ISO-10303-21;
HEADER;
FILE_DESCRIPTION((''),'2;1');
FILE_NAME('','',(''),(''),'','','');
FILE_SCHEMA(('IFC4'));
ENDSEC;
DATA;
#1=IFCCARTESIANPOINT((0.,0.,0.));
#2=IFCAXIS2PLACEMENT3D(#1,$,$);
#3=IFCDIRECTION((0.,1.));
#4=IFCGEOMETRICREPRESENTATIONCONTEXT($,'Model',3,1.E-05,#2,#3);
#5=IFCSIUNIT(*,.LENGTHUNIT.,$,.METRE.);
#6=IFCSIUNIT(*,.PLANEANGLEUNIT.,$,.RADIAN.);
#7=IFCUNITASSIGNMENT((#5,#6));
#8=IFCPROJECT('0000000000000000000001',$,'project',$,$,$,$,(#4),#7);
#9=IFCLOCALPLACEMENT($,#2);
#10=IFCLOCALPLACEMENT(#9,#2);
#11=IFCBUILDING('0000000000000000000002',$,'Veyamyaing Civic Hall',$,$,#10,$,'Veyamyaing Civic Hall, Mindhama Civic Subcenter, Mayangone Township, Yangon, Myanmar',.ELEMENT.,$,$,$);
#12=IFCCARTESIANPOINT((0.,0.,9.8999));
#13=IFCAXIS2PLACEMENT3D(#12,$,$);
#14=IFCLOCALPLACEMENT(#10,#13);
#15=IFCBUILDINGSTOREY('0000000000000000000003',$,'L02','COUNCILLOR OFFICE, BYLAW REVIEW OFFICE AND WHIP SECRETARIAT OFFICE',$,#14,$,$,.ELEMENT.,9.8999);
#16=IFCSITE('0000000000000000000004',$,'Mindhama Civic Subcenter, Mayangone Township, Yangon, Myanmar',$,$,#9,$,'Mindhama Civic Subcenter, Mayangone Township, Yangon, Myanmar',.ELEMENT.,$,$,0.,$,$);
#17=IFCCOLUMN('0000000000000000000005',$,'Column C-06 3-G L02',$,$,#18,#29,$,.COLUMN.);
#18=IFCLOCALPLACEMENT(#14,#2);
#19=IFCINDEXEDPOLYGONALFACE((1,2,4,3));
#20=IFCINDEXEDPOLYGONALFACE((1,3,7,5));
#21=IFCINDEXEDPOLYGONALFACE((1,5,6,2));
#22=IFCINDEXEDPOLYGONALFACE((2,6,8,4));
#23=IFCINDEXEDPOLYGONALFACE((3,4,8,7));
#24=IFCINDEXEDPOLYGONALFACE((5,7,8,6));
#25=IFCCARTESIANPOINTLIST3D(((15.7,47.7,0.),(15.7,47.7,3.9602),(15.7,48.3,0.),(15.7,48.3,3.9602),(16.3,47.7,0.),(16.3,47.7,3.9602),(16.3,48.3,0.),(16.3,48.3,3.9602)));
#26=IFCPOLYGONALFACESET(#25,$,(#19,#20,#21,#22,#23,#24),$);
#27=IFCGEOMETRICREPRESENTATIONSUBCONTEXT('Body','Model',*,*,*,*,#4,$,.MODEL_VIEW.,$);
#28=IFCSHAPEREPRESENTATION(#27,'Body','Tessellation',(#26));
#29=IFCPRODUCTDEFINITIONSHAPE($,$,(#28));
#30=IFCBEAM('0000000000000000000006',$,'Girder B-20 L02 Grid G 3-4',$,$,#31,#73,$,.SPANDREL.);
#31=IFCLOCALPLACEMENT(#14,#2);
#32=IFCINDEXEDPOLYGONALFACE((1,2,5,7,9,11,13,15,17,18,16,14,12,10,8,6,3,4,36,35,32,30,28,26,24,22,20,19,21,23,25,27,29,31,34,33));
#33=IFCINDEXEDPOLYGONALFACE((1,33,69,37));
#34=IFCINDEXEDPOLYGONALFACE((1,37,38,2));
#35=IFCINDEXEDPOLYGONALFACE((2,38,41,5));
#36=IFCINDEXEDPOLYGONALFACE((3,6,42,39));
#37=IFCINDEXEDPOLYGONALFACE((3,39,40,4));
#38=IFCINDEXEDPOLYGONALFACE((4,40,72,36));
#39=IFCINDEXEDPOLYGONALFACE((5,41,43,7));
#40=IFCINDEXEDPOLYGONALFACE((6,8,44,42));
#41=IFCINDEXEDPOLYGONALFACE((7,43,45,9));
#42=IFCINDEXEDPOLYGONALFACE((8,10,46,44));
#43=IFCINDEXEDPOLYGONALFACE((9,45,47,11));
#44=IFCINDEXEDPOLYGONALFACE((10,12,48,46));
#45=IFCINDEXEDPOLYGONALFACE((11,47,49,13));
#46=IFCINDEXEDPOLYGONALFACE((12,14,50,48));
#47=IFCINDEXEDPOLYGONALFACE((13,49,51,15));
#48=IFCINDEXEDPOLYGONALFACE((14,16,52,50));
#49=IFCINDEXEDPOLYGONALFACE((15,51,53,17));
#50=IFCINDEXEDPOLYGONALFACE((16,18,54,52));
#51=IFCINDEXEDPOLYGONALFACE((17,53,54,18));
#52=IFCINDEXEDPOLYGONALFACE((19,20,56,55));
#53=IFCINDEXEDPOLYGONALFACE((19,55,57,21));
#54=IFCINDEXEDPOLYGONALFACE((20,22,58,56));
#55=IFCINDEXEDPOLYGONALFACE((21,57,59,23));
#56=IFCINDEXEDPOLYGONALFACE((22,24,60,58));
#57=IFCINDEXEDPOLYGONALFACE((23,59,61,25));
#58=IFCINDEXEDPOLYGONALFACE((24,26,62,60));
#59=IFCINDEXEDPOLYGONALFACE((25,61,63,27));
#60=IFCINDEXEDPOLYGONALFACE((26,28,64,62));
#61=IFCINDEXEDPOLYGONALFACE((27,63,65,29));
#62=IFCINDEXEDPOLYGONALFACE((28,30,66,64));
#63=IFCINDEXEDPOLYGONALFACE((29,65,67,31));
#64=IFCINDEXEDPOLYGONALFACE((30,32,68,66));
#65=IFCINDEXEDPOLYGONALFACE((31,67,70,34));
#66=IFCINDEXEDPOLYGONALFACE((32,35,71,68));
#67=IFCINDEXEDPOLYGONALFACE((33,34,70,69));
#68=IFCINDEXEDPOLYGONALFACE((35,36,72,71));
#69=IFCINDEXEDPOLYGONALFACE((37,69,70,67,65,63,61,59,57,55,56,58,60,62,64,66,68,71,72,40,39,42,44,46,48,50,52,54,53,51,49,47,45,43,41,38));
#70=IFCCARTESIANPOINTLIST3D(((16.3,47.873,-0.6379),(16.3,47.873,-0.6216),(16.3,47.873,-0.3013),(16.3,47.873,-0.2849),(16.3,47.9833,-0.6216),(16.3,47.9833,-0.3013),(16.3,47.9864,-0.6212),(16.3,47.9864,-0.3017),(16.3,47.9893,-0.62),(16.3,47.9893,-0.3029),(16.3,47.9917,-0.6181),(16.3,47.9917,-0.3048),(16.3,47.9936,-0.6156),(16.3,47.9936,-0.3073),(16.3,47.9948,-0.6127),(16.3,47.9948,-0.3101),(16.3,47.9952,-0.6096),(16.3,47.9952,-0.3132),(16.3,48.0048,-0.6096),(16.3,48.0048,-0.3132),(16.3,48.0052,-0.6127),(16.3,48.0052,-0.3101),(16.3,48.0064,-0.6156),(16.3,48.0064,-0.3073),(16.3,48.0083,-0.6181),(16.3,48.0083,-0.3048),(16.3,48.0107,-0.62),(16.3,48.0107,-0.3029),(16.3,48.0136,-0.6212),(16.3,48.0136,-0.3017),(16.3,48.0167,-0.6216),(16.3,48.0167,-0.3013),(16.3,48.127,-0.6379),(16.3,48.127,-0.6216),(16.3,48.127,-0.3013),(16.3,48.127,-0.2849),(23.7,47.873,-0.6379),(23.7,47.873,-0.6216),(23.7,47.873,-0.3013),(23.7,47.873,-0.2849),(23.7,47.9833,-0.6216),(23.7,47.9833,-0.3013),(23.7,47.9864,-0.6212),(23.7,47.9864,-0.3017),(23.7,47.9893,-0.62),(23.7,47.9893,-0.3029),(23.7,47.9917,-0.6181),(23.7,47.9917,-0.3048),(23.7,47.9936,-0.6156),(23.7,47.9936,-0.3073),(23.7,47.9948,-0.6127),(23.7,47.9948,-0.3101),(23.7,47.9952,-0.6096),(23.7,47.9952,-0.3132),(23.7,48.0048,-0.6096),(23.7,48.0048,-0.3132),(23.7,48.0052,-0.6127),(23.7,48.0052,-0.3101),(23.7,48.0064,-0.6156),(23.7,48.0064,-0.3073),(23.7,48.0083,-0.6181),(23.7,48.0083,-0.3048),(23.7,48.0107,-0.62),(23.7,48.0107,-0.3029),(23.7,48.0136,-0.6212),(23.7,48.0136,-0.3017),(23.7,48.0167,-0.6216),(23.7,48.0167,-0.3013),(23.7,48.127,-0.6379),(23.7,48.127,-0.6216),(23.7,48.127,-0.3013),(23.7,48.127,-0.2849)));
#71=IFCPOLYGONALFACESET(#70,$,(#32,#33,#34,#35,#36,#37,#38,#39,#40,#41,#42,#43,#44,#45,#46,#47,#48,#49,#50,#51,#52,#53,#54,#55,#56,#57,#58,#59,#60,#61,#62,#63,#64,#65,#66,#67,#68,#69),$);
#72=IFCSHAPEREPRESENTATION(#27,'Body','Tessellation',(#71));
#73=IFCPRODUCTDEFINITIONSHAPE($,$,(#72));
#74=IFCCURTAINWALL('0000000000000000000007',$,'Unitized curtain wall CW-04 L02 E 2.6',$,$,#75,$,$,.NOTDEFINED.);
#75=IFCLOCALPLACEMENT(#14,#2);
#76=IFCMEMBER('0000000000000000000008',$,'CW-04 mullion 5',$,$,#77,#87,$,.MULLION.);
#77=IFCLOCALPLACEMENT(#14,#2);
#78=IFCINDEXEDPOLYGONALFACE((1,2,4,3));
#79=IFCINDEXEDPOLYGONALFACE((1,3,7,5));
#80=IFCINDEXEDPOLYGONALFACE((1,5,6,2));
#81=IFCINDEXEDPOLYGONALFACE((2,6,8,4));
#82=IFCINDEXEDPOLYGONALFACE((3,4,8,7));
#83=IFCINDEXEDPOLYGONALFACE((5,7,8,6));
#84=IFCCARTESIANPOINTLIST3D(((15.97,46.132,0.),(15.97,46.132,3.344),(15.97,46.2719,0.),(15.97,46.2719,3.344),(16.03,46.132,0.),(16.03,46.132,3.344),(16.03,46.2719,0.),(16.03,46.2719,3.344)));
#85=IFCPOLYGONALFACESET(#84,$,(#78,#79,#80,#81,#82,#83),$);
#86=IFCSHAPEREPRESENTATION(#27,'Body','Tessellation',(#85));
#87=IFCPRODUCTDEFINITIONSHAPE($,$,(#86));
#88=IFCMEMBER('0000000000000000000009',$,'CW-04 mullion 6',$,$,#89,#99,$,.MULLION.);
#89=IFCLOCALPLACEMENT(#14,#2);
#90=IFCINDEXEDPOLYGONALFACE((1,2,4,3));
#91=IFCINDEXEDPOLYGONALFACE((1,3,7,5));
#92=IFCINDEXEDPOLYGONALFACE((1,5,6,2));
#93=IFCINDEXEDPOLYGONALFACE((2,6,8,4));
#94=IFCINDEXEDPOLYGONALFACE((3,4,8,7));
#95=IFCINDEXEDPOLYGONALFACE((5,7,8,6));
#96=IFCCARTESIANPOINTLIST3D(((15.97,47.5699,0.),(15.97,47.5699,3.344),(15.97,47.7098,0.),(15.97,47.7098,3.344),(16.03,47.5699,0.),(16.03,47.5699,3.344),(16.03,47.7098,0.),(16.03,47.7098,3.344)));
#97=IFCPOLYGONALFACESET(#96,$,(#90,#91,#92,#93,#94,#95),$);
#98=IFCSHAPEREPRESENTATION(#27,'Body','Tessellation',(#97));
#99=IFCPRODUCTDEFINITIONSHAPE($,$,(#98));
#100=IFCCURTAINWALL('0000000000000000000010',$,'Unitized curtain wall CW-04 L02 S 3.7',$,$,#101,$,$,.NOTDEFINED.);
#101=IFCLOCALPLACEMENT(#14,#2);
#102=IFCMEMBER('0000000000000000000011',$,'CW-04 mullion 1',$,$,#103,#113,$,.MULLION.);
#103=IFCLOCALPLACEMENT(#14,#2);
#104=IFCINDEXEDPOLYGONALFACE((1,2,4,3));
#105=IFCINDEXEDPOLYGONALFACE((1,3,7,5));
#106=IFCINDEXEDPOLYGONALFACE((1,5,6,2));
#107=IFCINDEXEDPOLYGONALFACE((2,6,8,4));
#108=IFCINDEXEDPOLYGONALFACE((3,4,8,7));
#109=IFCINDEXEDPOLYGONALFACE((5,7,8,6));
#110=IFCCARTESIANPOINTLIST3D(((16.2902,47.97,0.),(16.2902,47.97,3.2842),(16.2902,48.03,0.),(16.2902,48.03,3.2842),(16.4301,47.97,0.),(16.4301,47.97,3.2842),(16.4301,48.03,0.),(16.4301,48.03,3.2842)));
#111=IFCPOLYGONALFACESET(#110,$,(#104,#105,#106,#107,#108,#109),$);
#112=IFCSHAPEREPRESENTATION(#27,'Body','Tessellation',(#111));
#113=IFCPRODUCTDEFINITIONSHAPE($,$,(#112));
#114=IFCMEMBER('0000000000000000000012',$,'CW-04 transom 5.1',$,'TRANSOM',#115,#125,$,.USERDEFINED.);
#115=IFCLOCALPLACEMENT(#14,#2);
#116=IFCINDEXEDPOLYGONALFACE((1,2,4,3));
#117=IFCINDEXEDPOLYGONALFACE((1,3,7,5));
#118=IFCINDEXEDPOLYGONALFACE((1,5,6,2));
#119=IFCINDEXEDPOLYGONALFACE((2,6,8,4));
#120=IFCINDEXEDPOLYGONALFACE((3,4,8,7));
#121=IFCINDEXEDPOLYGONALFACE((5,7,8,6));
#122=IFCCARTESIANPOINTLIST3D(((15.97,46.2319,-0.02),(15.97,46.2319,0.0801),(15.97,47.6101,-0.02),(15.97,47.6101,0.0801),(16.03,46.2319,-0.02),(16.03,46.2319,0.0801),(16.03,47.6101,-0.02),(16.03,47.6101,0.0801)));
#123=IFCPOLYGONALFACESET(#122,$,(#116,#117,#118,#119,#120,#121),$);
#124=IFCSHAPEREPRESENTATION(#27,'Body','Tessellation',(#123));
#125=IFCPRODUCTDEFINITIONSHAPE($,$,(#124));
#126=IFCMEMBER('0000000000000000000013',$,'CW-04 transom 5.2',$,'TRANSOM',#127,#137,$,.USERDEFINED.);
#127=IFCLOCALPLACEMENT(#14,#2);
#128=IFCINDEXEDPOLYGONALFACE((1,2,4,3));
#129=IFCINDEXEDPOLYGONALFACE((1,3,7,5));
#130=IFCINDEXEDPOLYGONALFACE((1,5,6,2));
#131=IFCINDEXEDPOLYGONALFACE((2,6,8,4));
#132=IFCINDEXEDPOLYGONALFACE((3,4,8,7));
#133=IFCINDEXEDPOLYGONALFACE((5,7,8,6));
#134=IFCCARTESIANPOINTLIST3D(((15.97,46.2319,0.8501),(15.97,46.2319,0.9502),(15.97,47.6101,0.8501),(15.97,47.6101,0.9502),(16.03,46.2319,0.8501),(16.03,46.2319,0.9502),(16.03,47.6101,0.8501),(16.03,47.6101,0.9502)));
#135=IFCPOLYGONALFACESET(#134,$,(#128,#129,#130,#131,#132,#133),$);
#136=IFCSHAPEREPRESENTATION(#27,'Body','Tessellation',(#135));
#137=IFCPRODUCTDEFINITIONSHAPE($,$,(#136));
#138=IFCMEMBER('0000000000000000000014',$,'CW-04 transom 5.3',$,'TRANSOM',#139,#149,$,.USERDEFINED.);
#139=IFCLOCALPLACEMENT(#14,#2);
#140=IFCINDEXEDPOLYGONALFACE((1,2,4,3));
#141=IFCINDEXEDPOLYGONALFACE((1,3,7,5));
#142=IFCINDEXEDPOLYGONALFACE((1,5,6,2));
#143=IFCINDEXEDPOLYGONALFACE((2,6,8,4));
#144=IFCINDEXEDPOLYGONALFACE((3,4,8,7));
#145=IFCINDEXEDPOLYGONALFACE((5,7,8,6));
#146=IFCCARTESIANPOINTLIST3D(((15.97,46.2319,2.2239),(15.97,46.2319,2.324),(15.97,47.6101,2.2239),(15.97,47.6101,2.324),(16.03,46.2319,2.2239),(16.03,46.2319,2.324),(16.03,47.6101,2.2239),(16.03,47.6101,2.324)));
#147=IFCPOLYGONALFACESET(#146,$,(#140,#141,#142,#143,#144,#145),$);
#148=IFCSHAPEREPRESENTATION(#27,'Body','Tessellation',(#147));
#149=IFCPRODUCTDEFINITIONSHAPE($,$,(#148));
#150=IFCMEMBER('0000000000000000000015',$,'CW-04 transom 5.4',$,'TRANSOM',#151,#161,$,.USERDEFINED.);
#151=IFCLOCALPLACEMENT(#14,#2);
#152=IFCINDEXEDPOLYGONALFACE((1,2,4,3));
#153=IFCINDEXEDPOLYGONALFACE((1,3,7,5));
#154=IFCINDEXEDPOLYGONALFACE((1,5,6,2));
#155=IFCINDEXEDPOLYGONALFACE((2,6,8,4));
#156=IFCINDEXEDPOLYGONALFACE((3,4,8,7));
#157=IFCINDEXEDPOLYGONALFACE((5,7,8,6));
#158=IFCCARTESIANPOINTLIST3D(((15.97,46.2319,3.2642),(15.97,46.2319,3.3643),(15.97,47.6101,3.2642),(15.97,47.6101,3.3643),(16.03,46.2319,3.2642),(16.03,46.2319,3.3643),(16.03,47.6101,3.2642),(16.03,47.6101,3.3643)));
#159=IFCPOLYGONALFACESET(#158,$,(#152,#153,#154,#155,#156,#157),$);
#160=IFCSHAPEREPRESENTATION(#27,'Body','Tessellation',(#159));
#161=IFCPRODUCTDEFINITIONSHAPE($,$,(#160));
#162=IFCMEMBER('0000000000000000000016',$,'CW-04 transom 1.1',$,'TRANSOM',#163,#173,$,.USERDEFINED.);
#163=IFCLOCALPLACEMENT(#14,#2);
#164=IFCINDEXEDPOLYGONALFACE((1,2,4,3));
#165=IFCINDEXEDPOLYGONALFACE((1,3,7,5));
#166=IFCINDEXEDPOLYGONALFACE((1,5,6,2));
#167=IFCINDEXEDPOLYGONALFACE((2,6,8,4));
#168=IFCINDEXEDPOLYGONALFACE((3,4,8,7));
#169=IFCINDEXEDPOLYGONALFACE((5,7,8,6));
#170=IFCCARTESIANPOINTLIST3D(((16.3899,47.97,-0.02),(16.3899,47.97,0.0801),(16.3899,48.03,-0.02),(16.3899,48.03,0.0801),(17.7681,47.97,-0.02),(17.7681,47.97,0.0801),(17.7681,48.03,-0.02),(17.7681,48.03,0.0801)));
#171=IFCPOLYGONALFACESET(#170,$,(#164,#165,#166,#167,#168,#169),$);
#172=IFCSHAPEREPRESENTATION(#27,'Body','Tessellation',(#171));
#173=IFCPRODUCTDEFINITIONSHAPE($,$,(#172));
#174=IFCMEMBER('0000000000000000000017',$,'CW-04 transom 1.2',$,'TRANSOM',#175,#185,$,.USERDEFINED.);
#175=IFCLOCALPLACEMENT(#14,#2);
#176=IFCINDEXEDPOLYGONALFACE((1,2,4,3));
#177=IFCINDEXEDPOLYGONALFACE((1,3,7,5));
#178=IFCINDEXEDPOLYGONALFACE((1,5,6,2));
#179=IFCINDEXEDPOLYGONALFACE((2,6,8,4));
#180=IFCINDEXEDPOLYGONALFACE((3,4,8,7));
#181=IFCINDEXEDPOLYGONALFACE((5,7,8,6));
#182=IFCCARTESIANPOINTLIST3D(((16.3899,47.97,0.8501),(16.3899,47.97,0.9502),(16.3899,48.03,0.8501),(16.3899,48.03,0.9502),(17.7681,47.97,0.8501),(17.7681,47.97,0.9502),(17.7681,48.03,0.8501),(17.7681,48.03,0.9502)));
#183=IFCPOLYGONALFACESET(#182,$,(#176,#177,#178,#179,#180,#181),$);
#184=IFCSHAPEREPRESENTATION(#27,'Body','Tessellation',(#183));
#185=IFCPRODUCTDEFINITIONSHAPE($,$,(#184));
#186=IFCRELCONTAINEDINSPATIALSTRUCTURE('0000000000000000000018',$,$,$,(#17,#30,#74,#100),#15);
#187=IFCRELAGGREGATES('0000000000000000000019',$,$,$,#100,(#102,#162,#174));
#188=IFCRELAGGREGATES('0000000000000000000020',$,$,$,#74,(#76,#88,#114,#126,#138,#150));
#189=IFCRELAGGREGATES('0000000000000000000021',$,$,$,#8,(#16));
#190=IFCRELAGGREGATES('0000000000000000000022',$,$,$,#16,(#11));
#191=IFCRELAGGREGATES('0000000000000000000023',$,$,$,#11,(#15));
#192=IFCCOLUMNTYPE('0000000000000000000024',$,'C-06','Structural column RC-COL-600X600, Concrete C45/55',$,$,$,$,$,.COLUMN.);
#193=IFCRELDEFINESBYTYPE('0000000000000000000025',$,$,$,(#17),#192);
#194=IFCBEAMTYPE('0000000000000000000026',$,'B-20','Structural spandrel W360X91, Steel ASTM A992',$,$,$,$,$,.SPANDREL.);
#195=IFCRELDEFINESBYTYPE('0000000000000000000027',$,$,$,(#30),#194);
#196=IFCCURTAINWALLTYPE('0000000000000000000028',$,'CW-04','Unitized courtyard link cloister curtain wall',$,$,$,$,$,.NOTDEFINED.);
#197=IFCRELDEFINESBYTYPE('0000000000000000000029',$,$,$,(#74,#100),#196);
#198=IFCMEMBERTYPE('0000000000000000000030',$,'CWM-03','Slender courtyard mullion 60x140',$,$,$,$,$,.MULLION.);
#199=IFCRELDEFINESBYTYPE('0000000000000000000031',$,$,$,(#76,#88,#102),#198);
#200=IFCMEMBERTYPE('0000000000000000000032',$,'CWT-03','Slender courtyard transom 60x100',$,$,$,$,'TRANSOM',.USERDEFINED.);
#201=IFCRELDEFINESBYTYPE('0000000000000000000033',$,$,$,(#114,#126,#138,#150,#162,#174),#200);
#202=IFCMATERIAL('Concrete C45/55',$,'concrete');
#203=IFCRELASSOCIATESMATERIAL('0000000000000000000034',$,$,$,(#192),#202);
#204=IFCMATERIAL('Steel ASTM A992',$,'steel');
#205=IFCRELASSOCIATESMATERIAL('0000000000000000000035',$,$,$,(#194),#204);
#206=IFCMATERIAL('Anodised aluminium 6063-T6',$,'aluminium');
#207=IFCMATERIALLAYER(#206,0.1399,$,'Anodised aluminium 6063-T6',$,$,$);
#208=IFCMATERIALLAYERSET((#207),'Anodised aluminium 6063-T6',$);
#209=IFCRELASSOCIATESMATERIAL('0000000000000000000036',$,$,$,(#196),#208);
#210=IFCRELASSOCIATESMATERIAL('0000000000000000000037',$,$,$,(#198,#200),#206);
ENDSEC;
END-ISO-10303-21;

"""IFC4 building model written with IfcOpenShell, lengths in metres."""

from ifc_helpers import new_model, si_unit, direction, frame, origin, origin_2d, place, context, subcontext, project, spatial, rectangle, i_section, extrude, material, layer, layer_set, material_profile, profile_set, type_object, element, aggregate, save


model = new_model("IFC4")

# Units and contexts
model_context = context("Model", 3, precision=1e-05, world=origin(), true_north=direction((0.0, 1.0)))
body_context = subcontext(model_context, "Body", "Model", "MODEL_VIEW")
ifc_project = project(units=[si_unit("LENGTHUNIT", "METRE"), si_unit("PLANEANGLEUNIT", "RADIAN")], contexts=[model_context])

# Site, building, storey
site_placement = place(None, origin())
site = spatial("IfcSite", under=ifc_project, at=site_placement, Name="Mindhama Civic Subcenter, Mayangone Township, Yangon, Myanmar", LongName="Mindhama Civic Subcenter, Mayangone Township, Yangon, Myanmar", CompositionType="ELEMENT", RefElevation=0.0)
building_placement = place(site_placement, origin())
building = spatial("IfcBuilding", under=site, at=building_placement, Name="Veyamyaing Civic Hall", LongName="Veyamyaing Civic Hall, Mindhama Civic Subcenter, Mayangone Township, Yangon, Myanmar", CompositionType="ELEMENT")
storey_placement = place(building_placement, frame((0.0, 0.0, 9.8999)))
storey = spatial("IfcBuildingStorey", under=building, at=storey_placement, Name="L02", Description="COUNCILLOR OFFICE, BYLAW REVIEW OFFICE AND WHIP SECRETARIAT OFFICE", CompositionType="ELEMENT", Elevation=9.8999)

# Column
ifc_material_1 = material(Name="Concrete C45/55", Category="concrete")
ifc_material_profile_1 = material_profile(ifc_material_1, rectangle(XDim=0.6001, YDim=0.6001, at=origin_2d()), Name="RC-COL-600X600")
ifc_profile_set_1 = profile_set([ifc_material_profile_1], Name="Concrete C45/55")
column_type = type_object("IfcColumnType", Name="C-06", Description="Structural column RC-COL-600X600, Concrete C45/55", PredefinedType="COLUMN", material=ifc_profile_set_1)
column_placement = place(storey_placement, frame((16.0, 48.0, 0.0), z_axis=(0.0, 0.0, 1.0), x_axis=(1.0, 0.0, 0.0)))
element("IfcColumn", 1, at=column_placement, inside=storey, type_object=column_type, Name="Column C-06 3-G L02", PredefinedType="COLUMN", context=body_context, shape_type="SweptSolid", body=[
    extrude(rectangle(XDim=0.6001, YDim=0.6001, at=origin_2d()), origin(), (0.0, 0.0, 1.0), 3.9602),
])

# Beam
ifc_material_2 = material(Name="Steel ASTM A992", Category="steel")
ifc_material_profile_2 = material_profile(ifc_material_2, i_section(OverallWidth=0.2539, OverallDepth=0.353, WebThickness=0.0095, FlangeThickness=0.0164, FilletRadius=0.012, at=origin_2d()), Name="W360X91")
ifc_profile_set_2 = profile_set([ifc_material_profile_2], Name="Steel ASTM A992")
beam_type = type_object("IfcBeamType", Name="B-20", Description="Structural spandrel W360X91, Steel ASTM A992", PredefinedType="SPANDREL", material=ifc_profile_set_2)
beam_placement = place(storey_placement, frame((16.3, 48.0, -0.4614), z_axis=(1.0, 0.0, 0.0), x_axis=(0.0, 1.0, 0.0)))
element("IfcBeam", 2, at=beam_placement, inside=storey, type_object=beam_type, Name="Girder B-20 L02 Grid G 3-4", PredefinedType="SPANDREL", context=body_context, shape_type="SweptSolid", body=[
    extrude(i_section(OverallWidth=0.2539, OverallDepth=0.353, WebThickness=0.0095, FlangeThickness=0.0164, FilletRadius=0.012, at=origin_2d()), origin(), (0.0, 0.0, 1.0), 7.3999),
])

# Curtain wall, members
ifc_material_3 = material(Name="Anodised aluminium 6063-T6", Category="aluminium")
ifc_layer_1 = layer(ifc_material_3, 0.1399, Name="Anodised aluminium 6063-T6")
ifc_layer_set_1 = layer_set([ifc_layer_1], Name="Anodised aluminium 6063-T6")
curtain_wall_type = type_object("IfcCurtainWallType", Name="CW-04", Description="Unitized courtyard link cloister curtain wall", PredefinedType="NOTDEFINED", material=ifc_layer_set_1)
curtain_wall_1_placement = place(storey_placement, origin())
curtain_wall_1 = element("IfcCurtainWall", 3, at=curtain_wall_1_placement, inside=storey, type_object=curtain_wall_type, Name="Unitized curtain wall CW-04 L02 E 2.6", PredefinedType="NOTDEFINED")
ifc_material_profile_3 = material_profile(ifc_material_3, rectangle(XDim=0.0601, YDim=0.1399, at=origin_2d()), Name="ALU-MUL-60X140")
ifc_profile_set_3 = profile_set([ifc_material_profile_3], Name="Anodised aluminium 6063-T6")
member_type_1 = type_object("IfcMemberType", Name="CWM-03", Description="Slender courtyard mullion 60x140", PredefinedType="MULLION", material=ifc_profile_set_3)
member_1_placement = place(storey_placement, frame((16.0, 46.2019, 0.0), z_axis=(0.0, 0.0, 1.0), x_axis=(-1.0, 0.0, 0.0)))
member_1 = element("IfcMember", 4, at=member_1_placement, type_object=member_type_1, Name="CW-04 mullion 5", PredefinedType="MULLION", context=body_context, shape_type="SweptSolid", body=[
    extrude(rectangle(XDim=0.0601, YDim=0.1399, at=origin_2d()), origin(), (0.0, 0.0, 1.0), 3.344),
])
member_2_placement = place(storey_placement, frame((16.0, 47.6399, 0.0), z_axis=(0.0, 0.0, 1.0), x_axis=(-1.0, 0.0, 0.0)))
member_2 = element("IfcMember", 5, at=member_2_placement, type_object=member_type_1, Name="CW-04 mullion 6", PredefinedType="MULLION", context=body_context, shape_type="SweptSolid", body=[
    extrude(rectangle(XDim=0.0601, YDim=0.1399, at=origin_2d()), origin(), (0.0, 0.0, 1.0), 3.344),
])

# Curtain wall, member
curtain_wall_2_placement = place(storey_placement, origin())
curtain_wall_2 = element("IfcCurtainWall", 6, at=curtain_wall_2_placement, inside=storey, type_object=curtain_wall_type, Name="Unitized curtain wall CW-04 L02 S 3.7", PredefinedType="NOTDEFINED")
member_3_placement = place(storey_placement, frame((16.3601, 48.0, 0.0), z_axis=(0.0, 0.0, 1.0), x_axis=(0.0, 1.0, 0.0)))
member_3 = element("IfcMember", 7, at=member_3_placement, type_object=member_type_1, Name="CW-04 mullion 1", PredefinedType="MULLION", context=body_context, shape_type="SweptSolid", body=[
    extrude(rectangle(XDim=0.0601, YDim=0.1399, at=origin_2d()), origin(), (0.0, 0.0, 1.0), 3.2842),
])

# Members
ifc_material_profile_4 = material_profile(ifc_material_3, rectangle(XDim=0.0601, YDim=0.1001, at=origin_2d()), Name="ALU-TRN-60X100")
ifc_profile_set_4 = profile_set([ifc_material_profile_4], Name="Anodised aluminium 6063-T6")
member_type_2 = type_object("IfcMemberType", Name="CWT-03", Description="Slender courtyard transom 60x100", ElementType="TRANSOM", PredefinedType="USERDEFINED", material=ifc_profile_set_4)
member_4_placement = place(storey_placement, frame((16.0, 46.2319, 0.03), z_axis=(0.0, 1.0, 0.0), x_axis=(-1.0, 0.0, 0.0)))
member_4 = element("IfcMember", 8, at=member_4_placement, type_object=member_type_2, Name="CW-04 transom 5.1", ObjectType="TRANSOM", PredefinedType="USERDEFINED", context=body_context, shape_type="SweptSolid", body=[
    extrude(rectangle(XDim=0.0601, YDim=0.1001, at=origin_2d()), origin(), (0.0, 0.0, 1.0), 1.3782),
])
member_5_placement = place(storey_placement, frame((16.0, 46.2319, 0.9001), z_axis=(0.0, 1.0, 0.0), x_axis=(-1.0, 0.0, 0.0)))
member_5 = element("IfcMember", 9, at=member_5_placement, type_object=member_type_2, Name="CW-04 transom 5.2", ObjectType="TRANSOM", PredefinedType="USERDEFINED", context=body_context, shape_type="SweptSolid", body=[
    extrude(rectangle(XDim=0.0601, YDim=0.1001, at=origin_2d()), origin(), (0.0, 0.0, 1.0), 1.3782),
])
member_6_placement = place(storey_placement, frame((16.0, 46.2319, 2.2739), z_axis=(0.0, 1.0, 0.0), x_axis=(-1.0, 0.0, 0.0)))
member_6 = element("IfcMember", 10, at=member_6_placement, type_object=member_type_2, Name="CW-04 transom 5.3", ObjectType="TRANSOM", PredefinedType="USERDEFINED", context=body_context, shape_type="SweptSolid", body=[
    extrude(rectangle(XDim=0.0601, YDim=0.1001, at=origin_2d()), origin(), (0.0, 0.0, 1.0), 1.3782),
])
member_7_placement = place(storey_placement, frame((16.0, 46.2319, 3.3142), z_axis=(0.0, 1.0, 0.0), x_axis=(-1.0, 0.0, 0.0)))
member_7 = element("IfcMember", 11, at=member_7_placement, type_object=member_type_2, Name="CW-04 transom 5.4", ObjectType="TRANSOM", PredefinedType="USERDEFINED", context=body_context, shape_type="SweptSolid", body=[
    extrude(rectangle(XDim=0.0601, YDim=0.1001, at=origin_2d()), origin(), (0.0, 0.0, 1.0), 1.3782),
])
member_8_placement = place(storey_placement, frame((16.3899, 48.0, 0.03), z_axis=(1.0, 0.0, 0.0), x_axis=(0.0, 1.0, 0.0)))
member_8 = element("IfcMember", 12, at=member_8_placement, type_object=member_type_2, Name="CW-04 transom 1.1", ObjectType="TRANSOM", PredefinedType="USERDEFINED", context=body_context, shape_type="SweptSolid", body=[
    extrude(rectangle(XDim=0.0601, YDim=0.1001, at=origin_2d()), origin(), (0.0, 0.0, 1.0), 1.3782),
])
member_9_placement = place(storey_placement, frame((16.3899, 48.0, 0.9001), z_axis=(1.0, 0.0, 0.0), x_axis=(0.0, 1.0, 0.0)))
member_9 = element("IfcMember", 13, at=member_9_placement, type_object=member_type_2, Name="CW-04 transom 1.2", ObjectType="TRANSOM", PredefinedType="USERDEFINED", context=body_context, shape_type="SweptSolid", body=[
    extrude(rectangle(XDim=0.0601, YDim=0.1001, at=origin_2d()), origin(), (0.0, 0.0, 1.0), 1.3782),
])
aggregate(curtain_wall_2, [member_3, member_8, member_9])

aggregate(curtain_wall_1, [member_1, member_2, member_4, member_5, member_6, member_7])

save(model, "model.ifc")
